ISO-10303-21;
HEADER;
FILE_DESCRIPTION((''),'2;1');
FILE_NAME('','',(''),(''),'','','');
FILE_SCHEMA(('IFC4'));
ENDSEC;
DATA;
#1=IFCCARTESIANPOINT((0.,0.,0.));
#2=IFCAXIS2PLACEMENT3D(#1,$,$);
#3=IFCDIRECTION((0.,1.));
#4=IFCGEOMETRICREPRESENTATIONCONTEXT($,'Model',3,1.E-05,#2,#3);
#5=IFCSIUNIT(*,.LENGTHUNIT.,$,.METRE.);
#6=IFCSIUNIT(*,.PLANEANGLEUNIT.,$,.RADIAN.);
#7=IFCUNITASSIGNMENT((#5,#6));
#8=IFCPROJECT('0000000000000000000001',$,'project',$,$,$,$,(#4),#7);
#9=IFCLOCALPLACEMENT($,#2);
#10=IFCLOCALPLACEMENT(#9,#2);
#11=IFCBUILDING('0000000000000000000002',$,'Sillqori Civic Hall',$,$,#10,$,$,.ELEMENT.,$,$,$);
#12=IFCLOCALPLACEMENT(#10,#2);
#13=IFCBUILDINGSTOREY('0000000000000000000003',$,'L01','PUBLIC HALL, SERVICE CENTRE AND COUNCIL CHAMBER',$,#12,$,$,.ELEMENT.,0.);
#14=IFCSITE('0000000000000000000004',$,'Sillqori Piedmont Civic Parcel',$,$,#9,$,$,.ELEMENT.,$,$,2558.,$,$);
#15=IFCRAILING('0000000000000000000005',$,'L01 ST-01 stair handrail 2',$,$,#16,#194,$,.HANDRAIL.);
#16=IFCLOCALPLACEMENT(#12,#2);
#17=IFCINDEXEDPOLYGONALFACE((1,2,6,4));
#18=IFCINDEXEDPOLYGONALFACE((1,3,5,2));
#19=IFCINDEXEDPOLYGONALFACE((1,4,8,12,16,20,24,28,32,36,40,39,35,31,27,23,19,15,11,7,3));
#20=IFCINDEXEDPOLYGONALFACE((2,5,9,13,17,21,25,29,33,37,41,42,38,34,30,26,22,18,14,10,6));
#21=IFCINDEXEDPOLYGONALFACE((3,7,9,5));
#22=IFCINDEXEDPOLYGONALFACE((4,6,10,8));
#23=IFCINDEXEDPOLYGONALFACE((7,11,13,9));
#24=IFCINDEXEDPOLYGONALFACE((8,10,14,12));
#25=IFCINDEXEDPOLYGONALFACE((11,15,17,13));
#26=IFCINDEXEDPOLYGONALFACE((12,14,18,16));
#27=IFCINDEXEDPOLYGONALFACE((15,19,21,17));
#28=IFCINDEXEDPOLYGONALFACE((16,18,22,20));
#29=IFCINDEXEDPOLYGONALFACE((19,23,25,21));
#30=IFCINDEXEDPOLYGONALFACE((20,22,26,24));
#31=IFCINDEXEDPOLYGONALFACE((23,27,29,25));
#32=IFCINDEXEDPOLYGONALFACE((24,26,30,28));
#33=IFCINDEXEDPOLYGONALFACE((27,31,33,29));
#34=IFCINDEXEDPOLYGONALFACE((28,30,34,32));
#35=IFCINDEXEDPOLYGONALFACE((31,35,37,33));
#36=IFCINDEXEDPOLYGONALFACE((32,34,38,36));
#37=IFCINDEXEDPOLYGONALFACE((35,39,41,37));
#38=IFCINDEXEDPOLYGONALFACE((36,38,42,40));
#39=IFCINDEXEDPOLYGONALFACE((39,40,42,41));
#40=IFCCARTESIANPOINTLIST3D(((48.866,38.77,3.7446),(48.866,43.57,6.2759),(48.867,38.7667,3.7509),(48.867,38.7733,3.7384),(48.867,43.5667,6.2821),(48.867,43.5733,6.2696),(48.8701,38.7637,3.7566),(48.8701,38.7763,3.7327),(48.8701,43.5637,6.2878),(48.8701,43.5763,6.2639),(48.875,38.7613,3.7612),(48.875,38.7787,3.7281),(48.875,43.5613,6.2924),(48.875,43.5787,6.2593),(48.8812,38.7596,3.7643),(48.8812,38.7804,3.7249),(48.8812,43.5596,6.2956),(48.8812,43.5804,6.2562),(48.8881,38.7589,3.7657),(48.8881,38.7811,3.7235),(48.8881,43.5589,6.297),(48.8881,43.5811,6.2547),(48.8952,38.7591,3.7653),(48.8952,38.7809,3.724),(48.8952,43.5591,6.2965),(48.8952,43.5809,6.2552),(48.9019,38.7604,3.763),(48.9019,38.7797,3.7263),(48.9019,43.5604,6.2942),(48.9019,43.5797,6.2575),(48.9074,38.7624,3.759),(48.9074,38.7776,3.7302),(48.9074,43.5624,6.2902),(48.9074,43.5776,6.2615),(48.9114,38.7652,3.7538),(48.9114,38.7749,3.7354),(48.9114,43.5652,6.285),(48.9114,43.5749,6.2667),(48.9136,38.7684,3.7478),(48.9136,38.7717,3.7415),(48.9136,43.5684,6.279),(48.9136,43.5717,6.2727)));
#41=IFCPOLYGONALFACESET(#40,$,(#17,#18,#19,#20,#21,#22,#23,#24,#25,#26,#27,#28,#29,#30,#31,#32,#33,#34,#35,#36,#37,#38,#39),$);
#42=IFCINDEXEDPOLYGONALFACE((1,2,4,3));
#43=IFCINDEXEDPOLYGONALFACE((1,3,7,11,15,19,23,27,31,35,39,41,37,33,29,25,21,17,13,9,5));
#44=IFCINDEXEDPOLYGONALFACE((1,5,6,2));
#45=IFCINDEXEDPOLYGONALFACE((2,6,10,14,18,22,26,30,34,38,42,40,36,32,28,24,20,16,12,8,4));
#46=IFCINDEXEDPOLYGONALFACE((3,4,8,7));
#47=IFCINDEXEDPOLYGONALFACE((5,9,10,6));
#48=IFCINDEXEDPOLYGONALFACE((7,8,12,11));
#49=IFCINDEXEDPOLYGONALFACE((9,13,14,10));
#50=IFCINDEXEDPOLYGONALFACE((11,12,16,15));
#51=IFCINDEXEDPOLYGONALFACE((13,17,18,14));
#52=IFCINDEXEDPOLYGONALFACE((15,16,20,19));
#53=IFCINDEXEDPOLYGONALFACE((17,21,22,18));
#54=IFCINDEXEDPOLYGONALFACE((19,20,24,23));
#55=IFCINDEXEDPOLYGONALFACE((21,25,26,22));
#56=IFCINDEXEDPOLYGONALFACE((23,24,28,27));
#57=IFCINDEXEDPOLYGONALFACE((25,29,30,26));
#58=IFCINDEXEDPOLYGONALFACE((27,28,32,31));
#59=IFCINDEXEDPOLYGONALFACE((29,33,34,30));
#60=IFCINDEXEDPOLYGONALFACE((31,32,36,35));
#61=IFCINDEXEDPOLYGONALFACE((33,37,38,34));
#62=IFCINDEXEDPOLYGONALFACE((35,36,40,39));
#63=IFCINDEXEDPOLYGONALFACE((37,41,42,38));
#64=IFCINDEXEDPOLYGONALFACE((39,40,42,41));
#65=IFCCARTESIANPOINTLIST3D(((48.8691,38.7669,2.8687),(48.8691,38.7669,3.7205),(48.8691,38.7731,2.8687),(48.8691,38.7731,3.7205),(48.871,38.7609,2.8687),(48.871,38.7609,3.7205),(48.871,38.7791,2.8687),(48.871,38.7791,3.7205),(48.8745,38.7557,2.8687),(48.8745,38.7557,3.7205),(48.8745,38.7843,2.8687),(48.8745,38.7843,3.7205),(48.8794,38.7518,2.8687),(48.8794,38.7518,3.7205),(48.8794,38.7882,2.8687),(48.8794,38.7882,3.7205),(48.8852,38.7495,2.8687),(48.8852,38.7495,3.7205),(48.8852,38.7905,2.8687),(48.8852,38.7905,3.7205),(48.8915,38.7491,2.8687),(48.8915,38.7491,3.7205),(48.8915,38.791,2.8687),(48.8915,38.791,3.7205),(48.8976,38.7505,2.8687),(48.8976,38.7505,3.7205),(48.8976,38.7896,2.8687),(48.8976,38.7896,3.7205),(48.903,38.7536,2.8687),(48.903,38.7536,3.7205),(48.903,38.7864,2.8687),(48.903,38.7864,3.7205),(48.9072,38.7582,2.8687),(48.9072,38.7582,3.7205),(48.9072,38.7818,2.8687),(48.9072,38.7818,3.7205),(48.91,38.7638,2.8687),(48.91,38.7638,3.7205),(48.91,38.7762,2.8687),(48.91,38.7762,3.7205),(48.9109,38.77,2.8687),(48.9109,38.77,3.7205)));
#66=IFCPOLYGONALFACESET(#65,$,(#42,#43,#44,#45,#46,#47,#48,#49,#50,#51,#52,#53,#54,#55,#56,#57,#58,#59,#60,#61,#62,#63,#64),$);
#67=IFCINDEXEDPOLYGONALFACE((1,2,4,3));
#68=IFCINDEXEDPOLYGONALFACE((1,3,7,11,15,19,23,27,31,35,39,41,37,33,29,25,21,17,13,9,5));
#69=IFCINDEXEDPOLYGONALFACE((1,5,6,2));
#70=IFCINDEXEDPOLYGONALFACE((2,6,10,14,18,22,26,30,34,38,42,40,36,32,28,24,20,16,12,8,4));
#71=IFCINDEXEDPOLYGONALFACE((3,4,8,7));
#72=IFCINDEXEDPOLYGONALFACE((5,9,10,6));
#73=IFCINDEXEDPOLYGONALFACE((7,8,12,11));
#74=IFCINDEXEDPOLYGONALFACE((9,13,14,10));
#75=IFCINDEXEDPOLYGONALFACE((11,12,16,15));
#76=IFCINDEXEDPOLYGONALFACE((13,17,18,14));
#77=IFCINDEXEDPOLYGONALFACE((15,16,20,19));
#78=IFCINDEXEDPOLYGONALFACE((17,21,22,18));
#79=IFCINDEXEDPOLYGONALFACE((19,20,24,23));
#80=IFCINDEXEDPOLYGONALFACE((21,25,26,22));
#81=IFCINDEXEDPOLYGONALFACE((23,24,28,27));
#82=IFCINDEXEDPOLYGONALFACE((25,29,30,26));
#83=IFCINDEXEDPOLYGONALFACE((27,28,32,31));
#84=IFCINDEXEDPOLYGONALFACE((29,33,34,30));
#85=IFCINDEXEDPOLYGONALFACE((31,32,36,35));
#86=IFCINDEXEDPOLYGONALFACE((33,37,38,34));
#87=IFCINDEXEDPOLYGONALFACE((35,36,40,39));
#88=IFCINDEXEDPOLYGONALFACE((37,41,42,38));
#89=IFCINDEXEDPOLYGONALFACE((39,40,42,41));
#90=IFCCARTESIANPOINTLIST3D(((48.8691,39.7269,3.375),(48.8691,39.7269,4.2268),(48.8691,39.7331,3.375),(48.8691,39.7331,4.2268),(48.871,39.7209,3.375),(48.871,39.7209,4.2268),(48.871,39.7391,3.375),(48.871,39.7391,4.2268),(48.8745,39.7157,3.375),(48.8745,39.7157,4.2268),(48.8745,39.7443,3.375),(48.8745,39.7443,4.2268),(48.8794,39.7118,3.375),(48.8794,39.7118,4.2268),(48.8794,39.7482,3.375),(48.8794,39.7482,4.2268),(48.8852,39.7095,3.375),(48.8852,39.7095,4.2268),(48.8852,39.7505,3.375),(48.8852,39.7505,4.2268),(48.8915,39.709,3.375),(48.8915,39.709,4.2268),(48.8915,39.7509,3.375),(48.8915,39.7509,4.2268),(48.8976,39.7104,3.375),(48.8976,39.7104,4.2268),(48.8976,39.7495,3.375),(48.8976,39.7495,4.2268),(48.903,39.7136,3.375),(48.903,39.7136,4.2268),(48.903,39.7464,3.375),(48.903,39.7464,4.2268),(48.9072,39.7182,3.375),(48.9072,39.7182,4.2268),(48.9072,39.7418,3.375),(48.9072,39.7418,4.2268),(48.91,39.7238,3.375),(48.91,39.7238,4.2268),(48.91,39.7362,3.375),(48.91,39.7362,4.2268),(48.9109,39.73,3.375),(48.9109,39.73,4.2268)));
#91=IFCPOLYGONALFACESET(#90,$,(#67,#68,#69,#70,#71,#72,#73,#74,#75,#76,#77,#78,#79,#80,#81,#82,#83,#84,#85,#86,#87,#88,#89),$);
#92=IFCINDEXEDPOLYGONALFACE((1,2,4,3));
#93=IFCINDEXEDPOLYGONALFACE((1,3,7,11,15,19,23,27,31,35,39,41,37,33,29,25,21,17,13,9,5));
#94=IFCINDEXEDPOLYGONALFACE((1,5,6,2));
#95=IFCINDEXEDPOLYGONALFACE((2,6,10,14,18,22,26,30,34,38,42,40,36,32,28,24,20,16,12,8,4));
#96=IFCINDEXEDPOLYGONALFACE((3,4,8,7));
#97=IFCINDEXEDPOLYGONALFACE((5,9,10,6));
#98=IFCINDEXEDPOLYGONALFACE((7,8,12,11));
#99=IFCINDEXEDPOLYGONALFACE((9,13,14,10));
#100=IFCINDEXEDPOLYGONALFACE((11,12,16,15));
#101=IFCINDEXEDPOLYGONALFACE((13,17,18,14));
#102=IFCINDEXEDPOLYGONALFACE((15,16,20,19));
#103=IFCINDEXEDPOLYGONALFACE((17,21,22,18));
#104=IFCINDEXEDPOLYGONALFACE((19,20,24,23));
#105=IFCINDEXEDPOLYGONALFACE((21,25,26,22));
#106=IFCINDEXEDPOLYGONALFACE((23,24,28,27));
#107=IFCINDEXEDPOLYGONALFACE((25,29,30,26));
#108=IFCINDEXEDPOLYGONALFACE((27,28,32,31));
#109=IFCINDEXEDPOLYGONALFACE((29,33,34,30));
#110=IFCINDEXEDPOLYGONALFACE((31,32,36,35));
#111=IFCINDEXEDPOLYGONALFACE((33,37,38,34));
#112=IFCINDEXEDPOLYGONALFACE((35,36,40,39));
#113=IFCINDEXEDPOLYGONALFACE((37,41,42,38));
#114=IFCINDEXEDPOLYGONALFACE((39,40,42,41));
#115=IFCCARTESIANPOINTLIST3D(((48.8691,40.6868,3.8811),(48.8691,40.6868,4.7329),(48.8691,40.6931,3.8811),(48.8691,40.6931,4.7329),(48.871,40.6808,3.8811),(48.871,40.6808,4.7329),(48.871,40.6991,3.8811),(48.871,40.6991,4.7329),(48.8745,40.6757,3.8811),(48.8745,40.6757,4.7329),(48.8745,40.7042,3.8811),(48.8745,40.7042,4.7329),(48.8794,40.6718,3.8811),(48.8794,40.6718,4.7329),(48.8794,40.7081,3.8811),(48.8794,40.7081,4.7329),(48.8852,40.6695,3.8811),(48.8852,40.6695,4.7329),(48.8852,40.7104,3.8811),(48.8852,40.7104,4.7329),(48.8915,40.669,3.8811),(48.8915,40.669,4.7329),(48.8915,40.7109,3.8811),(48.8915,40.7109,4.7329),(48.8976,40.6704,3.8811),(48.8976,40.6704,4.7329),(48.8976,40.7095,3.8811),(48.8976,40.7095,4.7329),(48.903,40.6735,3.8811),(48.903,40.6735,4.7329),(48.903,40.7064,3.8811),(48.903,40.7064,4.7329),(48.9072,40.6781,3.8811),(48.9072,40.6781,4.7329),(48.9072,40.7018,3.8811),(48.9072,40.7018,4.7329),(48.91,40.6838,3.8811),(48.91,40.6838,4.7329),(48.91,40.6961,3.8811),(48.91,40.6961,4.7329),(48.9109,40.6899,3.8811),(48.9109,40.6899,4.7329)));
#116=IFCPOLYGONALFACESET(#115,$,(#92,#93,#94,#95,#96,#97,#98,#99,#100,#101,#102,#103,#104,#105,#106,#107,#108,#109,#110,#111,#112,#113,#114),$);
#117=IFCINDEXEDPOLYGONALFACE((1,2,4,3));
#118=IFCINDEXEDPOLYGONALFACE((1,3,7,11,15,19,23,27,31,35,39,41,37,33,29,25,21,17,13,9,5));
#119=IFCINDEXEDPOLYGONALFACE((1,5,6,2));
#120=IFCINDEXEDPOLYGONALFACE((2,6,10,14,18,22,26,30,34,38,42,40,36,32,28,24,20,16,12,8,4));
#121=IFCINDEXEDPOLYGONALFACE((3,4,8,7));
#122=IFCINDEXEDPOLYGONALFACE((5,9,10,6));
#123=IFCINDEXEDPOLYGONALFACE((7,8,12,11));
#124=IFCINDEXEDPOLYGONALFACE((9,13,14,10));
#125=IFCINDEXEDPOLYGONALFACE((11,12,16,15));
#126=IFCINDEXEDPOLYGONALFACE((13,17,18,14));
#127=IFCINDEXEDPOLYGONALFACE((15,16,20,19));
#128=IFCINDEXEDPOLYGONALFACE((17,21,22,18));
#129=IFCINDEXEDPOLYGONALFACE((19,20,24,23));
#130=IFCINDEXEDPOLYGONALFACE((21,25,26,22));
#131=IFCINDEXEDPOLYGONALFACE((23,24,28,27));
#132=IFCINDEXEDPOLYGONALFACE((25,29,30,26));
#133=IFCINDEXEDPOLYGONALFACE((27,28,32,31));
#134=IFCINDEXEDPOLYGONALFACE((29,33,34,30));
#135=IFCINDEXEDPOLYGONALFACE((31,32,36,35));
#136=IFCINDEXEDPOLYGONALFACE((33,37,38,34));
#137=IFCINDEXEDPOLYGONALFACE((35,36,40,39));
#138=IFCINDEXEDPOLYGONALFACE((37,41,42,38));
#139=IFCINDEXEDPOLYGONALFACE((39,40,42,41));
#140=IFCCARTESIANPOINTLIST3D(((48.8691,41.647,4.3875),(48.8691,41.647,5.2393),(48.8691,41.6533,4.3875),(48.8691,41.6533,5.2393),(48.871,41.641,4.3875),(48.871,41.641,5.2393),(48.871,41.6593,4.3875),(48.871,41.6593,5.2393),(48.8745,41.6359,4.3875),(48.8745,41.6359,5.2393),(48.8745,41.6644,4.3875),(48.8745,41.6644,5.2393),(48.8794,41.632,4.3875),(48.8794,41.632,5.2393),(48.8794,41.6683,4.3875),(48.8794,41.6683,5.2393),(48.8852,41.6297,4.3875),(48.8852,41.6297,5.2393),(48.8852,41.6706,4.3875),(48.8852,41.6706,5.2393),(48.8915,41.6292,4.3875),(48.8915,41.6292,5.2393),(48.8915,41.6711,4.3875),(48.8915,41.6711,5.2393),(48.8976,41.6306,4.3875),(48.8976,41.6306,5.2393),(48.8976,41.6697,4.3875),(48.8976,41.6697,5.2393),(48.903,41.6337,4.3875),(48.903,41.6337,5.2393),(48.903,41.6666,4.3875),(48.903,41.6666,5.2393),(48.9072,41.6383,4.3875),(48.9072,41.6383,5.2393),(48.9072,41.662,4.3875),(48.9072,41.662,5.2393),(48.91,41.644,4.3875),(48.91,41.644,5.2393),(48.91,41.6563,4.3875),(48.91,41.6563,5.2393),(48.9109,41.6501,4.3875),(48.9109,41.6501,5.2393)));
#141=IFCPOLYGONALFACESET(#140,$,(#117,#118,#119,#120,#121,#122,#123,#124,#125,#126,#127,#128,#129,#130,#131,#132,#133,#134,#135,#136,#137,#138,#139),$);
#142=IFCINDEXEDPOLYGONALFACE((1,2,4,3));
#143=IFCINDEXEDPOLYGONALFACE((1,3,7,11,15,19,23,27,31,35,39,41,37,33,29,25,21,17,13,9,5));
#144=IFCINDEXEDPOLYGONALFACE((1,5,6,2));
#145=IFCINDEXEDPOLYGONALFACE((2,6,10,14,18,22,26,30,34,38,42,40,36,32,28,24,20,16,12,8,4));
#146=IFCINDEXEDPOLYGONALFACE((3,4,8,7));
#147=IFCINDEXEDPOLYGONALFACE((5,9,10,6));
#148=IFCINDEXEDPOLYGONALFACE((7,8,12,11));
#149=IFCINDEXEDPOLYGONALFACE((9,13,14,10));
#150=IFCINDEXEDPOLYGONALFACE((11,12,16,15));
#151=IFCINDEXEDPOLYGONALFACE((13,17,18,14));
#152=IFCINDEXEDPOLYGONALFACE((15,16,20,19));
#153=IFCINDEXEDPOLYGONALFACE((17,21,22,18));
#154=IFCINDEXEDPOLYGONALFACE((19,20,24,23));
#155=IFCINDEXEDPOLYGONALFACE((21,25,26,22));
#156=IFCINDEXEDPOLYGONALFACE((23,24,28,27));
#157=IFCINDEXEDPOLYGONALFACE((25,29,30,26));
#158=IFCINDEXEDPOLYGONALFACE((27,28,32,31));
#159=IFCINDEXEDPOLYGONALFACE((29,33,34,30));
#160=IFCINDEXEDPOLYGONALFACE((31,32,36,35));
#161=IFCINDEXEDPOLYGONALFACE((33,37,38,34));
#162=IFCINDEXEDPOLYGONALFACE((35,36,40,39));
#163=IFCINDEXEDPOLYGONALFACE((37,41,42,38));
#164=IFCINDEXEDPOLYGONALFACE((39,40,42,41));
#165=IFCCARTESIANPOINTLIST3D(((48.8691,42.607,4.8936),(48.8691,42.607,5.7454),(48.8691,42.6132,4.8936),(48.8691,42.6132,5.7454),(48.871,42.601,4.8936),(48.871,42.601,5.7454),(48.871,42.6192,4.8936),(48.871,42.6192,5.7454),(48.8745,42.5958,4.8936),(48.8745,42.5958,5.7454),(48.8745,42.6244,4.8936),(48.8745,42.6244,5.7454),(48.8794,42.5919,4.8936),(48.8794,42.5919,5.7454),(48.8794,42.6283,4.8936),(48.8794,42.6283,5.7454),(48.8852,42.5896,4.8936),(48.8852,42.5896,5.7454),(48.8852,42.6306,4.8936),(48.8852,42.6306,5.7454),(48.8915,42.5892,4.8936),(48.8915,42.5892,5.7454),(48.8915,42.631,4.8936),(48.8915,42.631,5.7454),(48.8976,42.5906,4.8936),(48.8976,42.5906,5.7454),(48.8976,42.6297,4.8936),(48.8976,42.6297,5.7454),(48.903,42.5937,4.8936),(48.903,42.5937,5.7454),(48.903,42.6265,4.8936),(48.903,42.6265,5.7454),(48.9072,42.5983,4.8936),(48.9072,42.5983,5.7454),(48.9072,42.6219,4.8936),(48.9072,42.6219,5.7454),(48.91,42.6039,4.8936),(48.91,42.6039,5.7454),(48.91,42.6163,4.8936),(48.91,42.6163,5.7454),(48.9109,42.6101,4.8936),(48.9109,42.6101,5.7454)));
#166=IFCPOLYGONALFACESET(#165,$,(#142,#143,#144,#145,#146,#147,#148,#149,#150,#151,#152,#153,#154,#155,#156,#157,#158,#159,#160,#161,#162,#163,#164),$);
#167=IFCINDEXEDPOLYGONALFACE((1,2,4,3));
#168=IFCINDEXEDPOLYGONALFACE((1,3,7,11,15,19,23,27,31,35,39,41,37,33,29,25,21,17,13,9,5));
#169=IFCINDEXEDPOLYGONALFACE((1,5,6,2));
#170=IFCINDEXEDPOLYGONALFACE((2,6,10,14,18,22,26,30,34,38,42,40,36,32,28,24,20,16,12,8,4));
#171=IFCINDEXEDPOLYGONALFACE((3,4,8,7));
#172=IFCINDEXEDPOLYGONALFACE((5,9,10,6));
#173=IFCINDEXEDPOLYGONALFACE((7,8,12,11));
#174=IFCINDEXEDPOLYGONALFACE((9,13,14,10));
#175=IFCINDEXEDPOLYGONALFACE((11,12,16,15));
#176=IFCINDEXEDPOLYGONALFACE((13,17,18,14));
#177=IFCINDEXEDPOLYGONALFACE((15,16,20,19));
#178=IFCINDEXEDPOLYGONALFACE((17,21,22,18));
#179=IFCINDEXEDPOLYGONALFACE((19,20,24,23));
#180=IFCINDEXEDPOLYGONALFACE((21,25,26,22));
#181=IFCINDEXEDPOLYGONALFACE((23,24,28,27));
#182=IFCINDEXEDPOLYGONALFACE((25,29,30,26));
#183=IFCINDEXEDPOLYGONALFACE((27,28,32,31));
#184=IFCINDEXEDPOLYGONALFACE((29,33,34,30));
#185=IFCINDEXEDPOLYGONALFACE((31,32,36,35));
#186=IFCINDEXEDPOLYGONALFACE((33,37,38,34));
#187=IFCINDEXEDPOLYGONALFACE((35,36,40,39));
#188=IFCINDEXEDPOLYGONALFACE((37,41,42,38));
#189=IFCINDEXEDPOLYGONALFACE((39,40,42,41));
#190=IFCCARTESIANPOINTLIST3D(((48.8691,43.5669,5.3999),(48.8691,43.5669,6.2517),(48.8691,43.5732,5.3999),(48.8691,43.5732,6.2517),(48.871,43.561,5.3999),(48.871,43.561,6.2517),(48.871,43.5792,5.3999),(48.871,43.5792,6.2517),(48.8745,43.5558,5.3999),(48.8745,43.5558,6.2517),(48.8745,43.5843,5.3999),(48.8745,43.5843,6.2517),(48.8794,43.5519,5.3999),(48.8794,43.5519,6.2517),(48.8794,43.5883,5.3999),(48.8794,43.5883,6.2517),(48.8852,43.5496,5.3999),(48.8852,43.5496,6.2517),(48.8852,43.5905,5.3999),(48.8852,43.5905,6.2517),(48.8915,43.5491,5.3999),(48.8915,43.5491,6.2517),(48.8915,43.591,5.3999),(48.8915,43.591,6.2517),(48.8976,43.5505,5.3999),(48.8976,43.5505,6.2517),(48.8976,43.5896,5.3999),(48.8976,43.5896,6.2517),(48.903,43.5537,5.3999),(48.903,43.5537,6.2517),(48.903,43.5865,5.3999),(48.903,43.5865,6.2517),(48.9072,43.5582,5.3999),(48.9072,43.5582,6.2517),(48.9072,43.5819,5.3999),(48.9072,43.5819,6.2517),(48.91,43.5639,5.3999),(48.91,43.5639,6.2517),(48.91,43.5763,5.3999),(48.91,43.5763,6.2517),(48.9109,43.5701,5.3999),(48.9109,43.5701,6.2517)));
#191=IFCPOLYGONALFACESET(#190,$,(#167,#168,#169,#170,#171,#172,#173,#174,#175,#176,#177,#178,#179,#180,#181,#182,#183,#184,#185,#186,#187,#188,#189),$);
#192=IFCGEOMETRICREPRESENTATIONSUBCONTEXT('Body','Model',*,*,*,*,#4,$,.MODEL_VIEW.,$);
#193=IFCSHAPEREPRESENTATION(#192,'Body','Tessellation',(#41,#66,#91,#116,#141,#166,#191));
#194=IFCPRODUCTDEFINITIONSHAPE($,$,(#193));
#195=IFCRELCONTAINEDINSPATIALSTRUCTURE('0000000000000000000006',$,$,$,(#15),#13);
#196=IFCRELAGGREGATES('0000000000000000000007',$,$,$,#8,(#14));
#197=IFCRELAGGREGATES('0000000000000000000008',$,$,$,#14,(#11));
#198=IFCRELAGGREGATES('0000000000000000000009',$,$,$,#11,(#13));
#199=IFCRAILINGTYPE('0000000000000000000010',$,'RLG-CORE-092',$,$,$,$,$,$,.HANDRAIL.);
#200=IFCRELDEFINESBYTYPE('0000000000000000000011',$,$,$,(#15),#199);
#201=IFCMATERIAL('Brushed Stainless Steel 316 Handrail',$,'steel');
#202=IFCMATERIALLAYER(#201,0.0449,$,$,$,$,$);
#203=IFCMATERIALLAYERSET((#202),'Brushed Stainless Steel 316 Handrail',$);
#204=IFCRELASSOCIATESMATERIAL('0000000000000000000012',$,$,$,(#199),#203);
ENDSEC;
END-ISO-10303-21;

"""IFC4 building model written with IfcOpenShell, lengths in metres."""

from ifc_helpers import new_model, si_unit, direction, frame, origin, origin_2d, place, context, subcontext, project, spatial, circle, extrude, material, layer, layer_set, type_object, element, save


model = new_model("IFC4")

# Units and contexts
model_context = context("Model", 3, precision=1e-05, world=origin(), true_north=direction((0.0, 1.0)))
body_context = subcontext(model_context, "Body", "Model", "MODEL_VIEW")
ifc_project = project(units=[si_unit("LENGTHUNIT", "METRE"), si_unit("PLANEANGLEUNIT", "RADIAN")], contexts=[model_context])

# Site, building, storey
site_placement = place(None, origin())
site = spatial("IfcSite", under=ifc_project, at=site_placement, Name="Sillqori Piedmont Civic Parcel", CompositionType="ELEMENT", RefElevation=2558.0)
building_placement = place(site_placement, origin())
building = spatial("IfcBuilding", under=site, at=building_placement, Name="Sillqori Civic Hall", CompositionType="ELEMENT")
storey_placement = place(building_placement, origin())
storey = spatial("IfcBuildingStorey", under=building, at=storey_placement, Name="L01", Description="PUBLIC HALL, SERVICE CENTRE AND COUNCIL CHAMBER", CompositionType="ELEMENT", Elevation=0.0)

# Railing
ifc_material_1 = material(Name="Brushed Stainless Steel 316 Handrail", Category="steel")
ifc_layer_1 = layer(ifc_material_1, 0.0449)
ifc_layer_set_1 = layer_set([ifc_layer_1], Name="Brushed Stainless Steel 316 Handrail")
railing_type_1 = type_object("IfcRailingType", Name="RLG-CORE-092", PredefinedType="HANDRAIL", material=ifc_layer_set_1)
railing_1_placement = place(storey_placement, frame((48.8899, 38.77, 2.8687)))
element("IfcRailing", 1, at=railing_1_placement, inside=storey, type_object=railing_type_1, Name="L01 ST-01 stair handrail 2", PredefinedType="HANDRAIL", context=body_context, shape_type="SweptSolid", body=[
    extrude(circle(Radius=0.0239, at=origin_2d()), frame((0.0, 0.0, 0.876), z_axis=(0.0, 0.884545, 0.466455), x_axis=(-1.0, 0.0, 0.0)), (0.0, 0.0, 1.0), 5.4265),
    extrude(circle(Radius=0.021, at=origin_2d()), origin(), (0.0, 0.0, 1.0), 0.8518),
    extrude(circle(Radius=0.021, at=origin_2d()), frame((0.0, 0.96, 0.5063)), (0.0, 0.0, 1.0), 0.8518),
    extrude(circle(Radius=0.021, at=origin_2d()), frame((0.0, 1.9199, 1.0125)), (0.0, 0.0, 1.0), 0.8518),
    extrude(circle(Radius=0.021, at=origin_2d()), frame((0.0, 2.8801, 1.5188)), (0.0, 0.0, 1.0), 0.8518),
    extrude(circle(Radius=0.021, at=origin_2d()), frame((0.0, 3.8401, 2.0249)), (0.0, 0.0, 1.0), 0.8518),
    extrude(circle(Radius=0.021, at=origin_2d()), frame((0.0, 4.8, 2.5312)), (0.0, 0.0, 1.0), 0.8518),
])

save(model, "model.ifc")
